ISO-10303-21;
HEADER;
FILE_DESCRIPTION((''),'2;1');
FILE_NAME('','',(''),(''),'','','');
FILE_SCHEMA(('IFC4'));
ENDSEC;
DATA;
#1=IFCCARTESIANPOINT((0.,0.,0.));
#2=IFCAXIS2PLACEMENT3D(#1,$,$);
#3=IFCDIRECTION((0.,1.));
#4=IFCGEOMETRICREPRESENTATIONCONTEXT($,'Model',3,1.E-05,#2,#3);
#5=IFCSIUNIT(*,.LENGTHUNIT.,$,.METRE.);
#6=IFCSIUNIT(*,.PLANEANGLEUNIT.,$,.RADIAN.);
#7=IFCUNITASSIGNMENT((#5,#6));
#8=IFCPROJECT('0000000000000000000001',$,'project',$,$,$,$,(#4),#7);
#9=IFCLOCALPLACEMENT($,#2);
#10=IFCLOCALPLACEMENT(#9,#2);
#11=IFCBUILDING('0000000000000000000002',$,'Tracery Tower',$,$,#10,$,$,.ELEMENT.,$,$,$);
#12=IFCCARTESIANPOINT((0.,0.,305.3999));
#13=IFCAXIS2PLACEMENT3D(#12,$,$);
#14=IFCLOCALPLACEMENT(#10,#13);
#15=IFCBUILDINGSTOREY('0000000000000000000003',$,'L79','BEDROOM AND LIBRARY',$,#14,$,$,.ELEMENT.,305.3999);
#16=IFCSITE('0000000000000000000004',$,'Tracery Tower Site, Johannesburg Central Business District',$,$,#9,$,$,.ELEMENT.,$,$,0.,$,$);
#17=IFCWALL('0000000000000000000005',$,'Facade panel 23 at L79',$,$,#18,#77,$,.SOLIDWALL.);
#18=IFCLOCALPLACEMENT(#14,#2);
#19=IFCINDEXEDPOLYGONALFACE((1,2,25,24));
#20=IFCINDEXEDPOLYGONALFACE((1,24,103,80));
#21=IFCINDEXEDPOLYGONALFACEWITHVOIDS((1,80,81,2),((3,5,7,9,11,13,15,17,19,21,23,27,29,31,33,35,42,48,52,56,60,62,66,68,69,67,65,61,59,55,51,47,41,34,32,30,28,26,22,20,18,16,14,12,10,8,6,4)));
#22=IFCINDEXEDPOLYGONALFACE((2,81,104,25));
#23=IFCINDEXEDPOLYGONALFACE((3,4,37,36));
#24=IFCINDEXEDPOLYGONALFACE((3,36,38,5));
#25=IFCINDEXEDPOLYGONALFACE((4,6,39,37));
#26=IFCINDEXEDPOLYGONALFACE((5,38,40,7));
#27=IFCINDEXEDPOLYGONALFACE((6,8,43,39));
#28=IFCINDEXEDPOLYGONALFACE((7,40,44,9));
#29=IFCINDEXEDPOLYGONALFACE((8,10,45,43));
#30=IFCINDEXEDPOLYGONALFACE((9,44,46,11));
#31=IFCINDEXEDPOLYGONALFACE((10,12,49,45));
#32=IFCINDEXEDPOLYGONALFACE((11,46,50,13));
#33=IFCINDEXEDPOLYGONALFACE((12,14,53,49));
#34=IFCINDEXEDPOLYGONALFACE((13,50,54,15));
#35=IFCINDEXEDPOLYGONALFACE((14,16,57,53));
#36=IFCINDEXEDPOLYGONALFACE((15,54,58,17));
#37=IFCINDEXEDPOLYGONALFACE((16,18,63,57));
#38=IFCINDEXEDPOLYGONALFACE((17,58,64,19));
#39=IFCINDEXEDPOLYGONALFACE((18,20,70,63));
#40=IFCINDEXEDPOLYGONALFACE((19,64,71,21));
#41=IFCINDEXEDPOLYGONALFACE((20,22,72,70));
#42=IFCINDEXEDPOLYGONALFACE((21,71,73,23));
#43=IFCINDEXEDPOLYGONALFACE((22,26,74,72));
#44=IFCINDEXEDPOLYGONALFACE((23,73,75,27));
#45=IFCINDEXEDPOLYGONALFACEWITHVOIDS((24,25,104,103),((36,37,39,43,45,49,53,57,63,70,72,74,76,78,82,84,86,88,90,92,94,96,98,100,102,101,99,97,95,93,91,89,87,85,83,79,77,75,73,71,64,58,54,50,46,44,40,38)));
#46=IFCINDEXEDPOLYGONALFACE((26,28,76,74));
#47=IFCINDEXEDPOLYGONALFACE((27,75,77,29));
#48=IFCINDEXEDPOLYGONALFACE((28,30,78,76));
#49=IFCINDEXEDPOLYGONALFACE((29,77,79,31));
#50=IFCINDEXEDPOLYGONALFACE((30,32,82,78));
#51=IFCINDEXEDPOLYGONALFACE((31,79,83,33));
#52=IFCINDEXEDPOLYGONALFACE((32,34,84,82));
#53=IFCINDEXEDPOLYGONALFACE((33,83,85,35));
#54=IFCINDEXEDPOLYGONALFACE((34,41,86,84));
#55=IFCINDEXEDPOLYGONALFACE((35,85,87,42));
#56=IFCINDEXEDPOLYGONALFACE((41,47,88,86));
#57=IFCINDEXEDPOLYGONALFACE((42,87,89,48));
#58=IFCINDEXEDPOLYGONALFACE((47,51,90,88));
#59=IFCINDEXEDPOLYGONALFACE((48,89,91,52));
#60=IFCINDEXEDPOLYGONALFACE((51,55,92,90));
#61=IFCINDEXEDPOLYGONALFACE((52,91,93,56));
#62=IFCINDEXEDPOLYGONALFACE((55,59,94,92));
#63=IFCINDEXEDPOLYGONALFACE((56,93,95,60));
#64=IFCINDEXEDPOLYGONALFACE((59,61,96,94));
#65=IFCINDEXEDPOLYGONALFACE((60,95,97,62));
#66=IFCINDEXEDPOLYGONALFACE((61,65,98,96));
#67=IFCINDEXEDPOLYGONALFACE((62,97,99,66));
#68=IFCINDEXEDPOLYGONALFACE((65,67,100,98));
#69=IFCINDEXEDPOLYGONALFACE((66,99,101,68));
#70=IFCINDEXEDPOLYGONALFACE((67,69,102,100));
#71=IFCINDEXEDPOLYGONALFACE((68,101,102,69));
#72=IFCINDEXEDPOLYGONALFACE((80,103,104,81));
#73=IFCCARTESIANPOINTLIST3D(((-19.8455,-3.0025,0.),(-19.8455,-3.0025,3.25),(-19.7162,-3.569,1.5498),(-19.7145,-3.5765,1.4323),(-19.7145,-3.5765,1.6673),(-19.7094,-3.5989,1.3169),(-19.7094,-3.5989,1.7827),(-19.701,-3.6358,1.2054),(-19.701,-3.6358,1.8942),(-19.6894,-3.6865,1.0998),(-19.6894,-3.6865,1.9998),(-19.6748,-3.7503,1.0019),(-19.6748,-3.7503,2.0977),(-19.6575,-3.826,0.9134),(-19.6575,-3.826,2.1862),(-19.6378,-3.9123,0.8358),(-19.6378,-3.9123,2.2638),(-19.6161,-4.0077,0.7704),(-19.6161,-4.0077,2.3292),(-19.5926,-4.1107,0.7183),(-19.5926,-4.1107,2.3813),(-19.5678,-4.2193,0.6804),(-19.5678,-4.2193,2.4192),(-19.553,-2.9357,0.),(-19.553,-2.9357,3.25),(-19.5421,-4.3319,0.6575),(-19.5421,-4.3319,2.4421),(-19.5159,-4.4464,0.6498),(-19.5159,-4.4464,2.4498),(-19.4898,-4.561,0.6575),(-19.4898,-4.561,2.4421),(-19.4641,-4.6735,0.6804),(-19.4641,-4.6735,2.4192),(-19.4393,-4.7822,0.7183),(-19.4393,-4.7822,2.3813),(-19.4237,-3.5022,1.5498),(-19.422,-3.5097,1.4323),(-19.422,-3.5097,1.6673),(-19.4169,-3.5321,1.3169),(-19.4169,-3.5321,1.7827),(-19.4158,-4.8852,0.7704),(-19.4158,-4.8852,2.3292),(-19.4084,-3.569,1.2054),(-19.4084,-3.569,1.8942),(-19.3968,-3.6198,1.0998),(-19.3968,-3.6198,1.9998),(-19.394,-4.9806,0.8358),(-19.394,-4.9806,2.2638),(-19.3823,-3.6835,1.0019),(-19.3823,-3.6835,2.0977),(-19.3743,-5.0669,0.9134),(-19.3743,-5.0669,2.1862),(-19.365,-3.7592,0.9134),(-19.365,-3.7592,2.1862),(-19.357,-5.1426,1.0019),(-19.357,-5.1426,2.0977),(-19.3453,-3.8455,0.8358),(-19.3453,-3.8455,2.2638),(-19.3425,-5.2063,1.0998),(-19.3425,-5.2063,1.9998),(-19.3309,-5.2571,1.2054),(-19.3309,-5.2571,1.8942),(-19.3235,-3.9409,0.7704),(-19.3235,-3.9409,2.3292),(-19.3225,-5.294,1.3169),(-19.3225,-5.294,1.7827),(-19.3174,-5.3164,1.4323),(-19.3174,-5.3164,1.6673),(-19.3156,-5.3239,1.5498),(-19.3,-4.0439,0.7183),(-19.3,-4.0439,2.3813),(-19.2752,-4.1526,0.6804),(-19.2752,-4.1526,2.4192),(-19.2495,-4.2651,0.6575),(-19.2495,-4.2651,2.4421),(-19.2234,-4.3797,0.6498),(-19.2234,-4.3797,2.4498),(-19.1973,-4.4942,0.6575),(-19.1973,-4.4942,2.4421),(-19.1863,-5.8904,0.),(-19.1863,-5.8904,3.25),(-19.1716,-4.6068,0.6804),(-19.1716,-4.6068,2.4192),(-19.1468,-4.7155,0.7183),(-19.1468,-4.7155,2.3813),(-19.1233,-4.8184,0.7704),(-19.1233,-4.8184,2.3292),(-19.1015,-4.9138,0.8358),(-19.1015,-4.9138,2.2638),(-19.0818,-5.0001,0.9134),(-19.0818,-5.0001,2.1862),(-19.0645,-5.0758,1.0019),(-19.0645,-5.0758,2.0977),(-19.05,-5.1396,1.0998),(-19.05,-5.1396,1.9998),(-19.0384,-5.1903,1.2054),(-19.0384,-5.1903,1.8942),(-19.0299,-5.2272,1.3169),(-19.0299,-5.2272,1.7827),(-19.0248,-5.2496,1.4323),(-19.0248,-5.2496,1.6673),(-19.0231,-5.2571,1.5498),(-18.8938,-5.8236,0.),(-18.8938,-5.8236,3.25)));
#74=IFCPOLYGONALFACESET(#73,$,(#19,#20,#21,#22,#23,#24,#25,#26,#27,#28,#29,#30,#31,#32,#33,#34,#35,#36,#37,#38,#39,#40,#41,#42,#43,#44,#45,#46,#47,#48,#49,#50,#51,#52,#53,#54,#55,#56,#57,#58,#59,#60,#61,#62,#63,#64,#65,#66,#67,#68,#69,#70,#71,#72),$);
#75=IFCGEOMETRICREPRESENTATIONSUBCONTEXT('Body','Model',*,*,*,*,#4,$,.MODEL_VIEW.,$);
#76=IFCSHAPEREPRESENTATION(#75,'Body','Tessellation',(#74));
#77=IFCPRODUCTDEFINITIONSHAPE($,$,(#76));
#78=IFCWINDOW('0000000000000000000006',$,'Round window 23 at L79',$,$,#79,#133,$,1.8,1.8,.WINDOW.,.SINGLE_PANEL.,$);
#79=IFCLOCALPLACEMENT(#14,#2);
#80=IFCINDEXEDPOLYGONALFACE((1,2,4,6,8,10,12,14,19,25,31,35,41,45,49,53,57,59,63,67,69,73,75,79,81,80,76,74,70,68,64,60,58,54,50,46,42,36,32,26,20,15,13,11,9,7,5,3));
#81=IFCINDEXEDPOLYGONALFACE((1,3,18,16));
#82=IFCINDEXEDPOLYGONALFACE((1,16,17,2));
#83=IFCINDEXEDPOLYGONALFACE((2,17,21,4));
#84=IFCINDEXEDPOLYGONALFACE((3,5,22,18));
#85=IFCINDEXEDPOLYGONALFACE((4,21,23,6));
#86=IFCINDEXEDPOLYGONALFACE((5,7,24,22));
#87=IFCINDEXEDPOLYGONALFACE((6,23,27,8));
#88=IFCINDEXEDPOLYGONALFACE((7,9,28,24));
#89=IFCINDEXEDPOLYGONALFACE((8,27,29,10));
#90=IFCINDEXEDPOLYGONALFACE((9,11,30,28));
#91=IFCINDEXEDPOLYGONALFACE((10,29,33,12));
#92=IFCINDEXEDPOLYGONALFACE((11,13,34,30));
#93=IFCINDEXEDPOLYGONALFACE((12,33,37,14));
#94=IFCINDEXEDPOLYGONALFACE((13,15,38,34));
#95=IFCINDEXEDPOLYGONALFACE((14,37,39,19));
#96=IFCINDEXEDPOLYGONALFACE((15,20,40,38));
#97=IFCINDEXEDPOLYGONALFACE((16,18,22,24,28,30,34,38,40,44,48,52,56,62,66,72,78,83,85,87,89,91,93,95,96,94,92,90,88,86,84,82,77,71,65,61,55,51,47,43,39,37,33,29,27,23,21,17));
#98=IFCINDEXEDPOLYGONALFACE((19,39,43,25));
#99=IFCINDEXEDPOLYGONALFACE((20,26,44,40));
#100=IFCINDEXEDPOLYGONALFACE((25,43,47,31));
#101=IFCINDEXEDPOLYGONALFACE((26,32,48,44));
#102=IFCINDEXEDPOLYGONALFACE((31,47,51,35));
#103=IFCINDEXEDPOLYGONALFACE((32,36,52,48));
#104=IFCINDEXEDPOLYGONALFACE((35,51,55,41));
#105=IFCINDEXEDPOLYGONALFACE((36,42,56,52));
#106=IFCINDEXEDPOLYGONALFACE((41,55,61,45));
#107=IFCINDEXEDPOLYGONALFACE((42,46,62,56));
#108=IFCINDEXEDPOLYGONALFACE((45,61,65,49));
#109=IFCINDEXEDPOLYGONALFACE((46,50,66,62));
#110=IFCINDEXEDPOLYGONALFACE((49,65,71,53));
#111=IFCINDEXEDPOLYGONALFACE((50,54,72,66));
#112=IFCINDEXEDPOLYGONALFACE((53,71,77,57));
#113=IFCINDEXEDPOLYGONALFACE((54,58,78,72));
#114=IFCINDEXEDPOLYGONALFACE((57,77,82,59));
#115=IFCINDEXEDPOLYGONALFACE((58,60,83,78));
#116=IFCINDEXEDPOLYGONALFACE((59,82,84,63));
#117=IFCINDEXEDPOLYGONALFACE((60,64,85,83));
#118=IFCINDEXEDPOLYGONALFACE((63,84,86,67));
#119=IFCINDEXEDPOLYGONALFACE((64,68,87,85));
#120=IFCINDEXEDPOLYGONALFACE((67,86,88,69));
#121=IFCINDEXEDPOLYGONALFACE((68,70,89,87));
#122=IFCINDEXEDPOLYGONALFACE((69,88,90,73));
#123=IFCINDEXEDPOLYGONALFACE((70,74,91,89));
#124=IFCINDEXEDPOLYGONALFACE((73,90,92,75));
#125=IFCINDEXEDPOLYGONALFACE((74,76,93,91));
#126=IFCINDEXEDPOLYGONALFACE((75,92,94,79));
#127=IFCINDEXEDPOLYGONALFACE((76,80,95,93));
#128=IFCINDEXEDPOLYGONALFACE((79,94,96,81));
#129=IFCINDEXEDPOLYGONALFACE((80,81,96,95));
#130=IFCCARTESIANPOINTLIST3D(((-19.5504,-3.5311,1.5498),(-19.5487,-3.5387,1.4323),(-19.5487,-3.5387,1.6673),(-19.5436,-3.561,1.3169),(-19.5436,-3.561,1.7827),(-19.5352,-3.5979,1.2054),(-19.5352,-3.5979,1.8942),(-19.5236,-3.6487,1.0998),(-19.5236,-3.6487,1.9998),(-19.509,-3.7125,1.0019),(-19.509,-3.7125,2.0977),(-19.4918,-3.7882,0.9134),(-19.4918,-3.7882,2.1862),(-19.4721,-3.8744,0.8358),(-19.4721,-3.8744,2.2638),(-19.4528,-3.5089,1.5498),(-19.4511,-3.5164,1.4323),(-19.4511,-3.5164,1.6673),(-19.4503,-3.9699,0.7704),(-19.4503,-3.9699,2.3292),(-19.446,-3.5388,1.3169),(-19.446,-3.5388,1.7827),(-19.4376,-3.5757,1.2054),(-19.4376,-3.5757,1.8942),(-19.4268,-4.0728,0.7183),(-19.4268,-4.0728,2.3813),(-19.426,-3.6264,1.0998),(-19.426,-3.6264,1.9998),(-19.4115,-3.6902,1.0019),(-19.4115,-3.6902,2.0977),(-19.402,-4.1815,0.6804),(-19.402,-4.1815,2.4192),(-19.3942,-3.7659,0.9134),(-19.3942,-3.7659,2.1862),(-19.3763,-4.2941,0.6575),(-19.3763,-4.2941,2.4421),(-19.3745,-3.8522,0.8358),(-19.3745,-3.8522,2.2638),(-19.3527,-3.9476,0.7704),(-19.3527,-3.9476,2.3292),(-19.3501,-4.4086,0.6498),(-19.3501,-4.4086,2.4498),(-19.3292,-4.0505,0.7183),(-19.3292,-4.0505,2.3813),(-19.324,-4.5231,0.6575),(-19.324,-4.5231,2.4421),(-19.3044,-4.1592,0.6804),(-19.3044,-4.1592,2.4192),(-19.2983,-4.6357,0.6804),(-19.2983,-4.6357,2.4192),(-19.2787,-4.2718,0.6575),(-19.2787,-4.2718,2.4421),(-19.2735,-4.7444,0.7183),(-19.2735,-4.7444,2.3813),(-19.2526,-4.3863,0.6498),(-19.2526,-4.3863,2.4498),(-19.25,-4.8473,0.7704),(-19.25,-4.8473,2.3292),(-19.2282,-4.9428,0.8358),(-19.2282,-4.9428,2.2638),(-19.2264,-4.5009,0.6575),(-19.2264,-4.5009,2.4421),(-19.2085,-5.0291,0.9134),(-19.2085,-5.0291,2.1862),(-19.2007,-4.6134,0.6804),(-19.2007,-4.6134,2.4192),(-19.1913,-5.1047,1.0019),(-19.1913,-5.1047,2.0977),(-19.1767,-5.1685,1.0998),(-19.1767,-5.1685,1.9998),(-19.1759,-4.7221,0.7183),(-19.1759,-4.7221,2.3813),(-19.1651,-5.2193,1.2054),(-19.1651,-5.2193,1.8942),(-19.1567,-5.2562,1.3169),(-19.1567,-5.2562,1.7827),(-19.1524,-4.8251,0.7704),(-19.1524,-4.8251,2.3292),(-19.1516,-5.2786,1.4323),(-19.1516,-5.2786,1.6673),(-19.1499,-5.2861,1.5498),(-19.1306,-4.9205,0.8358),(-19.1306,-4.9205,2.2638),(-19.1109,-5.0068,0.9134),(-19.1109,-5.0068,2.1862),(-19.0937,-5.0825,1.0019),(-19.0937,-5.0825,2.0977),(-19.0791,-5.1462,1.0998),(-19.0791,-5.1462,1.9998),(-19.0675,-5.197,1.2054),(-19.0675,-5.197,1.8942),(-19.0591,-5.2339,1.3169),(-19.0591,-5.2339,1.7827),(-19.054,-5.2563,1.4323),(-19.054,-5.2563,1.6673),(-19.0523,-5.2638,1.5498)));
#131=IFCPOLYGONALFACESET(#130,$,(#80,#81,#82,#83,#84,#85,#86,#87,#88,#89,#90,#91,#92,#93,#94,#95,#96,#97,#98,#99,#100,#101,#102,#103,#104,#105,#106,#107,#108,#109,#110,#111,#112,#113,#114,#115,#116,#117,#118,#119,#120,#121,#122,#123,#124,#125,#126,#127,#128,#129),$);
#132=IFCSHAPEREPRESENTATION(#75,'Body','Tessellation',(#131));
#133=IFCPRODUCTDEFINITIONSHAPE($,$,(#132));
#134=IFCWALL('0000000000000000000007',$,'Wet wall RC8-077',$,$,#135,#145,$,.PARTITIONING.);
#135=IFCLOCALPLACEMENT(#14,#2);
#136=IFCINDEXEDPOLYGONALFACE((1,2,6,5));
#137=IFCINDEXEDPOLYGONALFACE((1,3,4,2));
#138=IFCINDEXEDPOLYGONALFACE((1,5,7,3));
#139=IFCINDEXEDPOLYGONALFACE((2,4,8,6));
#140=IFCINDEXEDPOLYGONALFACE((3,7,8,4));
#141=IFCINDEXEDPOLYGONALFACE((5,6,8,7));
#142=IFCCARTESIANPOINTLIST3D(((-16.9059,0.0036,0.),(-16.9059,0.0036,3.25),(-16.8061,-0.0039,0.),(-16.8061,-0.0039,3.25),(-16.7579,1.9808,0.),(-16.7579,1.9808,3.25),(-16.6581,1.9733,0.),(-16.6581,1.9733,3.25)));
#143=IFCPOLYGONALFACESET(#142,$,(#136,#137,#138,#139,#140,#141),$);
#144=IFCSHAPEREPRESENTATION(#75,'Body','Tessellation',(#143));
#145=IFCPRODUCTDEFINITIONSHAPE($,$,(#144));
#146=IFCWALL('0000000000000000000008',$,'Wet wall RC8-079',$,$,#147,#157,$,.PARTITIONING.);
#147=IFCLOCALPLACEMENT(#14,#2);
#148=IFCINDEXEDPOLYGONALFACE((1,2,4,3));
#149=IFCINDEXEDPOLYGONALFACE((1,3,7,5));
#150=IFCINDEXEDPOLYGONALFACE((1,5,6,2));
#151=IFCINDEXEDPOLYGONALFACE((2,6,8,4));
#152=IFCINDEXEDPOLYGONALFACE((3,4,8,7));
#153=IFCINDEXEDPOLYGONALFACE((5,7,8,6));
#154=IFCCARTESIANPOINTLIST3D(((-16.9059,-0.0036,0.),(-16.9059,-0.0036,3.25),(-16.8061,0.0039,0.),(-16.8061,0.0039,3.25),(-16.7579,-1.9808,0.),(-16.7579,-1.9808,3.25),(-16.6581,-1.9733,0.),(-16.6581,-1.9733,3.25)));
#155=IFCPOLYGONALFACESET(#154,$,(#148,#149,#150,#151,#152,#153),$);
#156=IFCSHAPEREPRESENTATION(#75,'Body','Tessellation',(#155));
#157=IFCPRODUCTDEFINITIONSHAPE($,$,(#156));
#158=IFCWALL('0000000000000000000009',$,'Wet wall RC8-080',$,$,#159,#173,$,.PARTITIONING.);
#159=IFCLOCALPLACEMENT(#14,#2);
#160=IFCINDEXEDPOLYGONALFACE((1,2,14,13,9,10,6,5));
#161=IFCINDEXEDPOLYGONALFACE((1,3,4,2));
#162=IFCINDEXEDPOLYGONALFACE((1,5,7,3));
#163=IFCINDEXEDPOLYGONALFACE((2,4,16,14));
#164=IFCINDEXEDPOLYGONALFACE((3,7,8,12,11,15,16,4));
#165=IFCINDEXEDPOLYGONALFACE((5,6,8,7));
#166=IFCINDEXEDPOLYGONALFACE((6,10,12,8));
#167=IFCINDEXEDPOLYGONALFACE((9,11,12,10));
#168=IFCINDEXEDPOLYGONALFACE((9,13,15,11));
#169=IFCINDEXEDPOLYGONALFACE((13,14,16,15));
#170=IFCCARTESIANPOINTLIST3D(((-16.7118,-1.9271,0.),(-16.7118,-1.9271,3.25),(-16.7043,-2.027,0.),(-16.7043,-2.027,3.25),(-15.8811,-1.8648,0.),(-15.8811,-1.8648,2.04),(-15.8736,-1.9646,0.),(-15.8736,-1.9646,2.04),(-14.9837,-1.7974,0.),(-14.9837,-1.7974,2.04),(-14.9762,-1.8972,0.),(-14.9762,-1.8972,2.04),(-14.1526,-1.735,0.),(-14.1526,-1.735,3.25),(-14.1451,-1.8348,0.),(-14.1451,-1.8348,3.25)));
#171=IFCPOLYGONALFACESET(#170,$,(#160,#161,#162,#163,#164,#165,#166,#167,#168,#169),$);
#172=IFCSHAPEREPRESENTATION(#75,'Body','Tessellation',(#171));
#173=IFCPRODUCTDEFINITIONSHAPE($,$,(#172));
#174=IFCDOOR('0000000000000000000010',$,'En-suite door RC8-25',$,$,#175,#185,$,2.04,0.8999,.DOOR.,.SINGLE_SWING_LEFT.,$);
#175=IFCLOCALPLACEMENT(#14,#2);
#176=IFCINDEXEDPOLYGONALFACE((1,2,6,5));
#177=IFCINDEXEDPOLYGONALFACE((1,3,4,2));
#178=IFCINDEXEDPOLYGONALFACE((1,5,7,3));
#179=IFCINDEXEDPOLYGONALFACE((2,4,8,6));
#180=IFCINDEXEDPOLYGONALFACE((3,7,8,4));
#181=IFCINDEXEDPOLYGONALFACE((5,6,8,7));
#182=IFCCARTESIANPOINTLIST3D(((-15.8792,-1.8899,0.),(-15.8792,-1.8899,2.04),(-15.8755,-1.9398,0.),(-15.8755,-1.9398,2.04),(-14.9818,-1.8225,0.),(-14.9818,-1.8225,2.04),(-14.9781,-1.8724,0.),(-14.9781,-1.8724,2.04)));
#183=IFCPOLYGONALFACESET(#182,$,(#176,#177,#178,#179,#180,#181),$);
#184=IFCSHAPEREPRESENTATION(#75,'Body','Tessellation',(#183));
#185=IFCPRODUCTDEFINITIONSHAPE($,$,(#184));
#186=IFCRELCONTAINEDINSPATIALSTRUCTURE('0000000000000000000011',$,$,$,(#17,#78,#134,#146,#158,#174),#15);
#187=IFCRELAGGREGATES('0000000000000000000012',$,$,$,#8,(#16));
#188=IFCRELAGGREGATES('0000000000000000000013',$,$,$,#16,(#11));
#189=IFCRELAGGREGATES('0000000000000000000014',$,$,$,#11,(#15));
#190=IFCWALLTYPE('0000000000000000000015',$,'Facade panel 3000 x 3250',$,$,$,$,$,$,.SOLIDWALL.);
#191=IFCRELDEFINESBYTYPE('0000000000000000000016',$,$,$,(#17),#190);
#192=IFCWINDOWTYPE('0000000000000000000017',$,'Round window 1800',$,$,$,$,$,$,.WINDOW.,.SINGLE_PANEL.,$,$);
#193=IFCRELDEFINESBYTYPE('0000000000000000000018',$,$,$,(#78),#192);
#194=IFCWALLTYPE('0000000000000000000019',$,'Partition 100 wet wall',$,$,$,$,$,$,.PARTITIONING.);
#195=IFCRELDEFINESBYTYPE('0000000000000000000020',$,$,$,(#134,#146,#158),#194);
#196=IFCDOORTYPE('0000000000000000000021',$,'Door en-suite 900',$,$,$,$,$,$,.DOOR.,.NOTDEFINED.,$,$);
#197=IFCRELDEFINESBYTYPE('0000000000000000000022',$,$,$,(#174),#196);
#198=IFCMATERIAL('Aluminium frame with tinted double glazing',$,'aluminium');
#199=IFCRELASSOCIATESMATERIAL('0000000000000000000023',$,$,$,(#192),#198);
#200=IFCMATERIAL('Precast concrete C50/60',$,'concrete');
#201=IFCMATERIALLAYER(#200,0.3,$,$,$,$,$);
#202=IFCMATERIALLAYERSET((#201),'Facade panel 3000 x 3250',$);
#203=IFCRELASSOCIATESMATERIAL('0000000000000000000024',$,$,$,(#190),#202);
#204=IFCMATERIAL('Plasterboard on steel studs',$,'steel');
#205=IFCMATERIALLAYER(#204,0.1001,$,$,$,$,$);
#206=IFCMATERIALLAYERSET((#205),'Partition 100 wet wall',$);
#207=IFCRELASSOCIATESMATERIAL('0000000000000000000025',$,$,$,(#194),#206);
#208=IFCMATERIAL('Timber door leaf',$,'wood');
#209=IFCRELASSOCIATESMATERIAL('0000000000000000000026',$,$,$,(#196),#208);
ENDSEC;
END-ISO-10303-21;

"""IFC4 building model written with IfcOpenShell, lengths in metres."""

from ifc_helpers import new_model, si_unit, direction, frame, frame_2d, origin, origin_2d, place, context, subcontext, project, spatial, rectangle, circle, extrude, material, layer, layer_set, type_object, element, fill, save


model = new_model("IFC4")

# Units and contexts
model_context = context("Model", 3, precision=1e-05, world=origin(), true_north=direction((0.0, 1.0)))
body_context = subcontext(model_context, "Body", "Model", "MODEL_VIEW")
ifc_project = project(units=[si_unit("LENGTHUNIT", "METRE"), si_unit("PLANEANGLEUNIT", "RADIAN")], contexts=[model_context])

# Site, building, storey
site_placement = place(None, origin())
site = spatial("IfcSite", under=ifc_project, at=site_placement, Name="Tracery Tower Site, Johannesburg Central Business District", CompositionType="ELEMENT", RefElevation=0.0)
building_placement = place(site_placement, origin())
building = spatial("IfcBuilding", under=site, at=building_placement, Name="Tracery Tower", CompositionType="ELEMENT")
storey_placement = place(building_placement, frame((0.0, 0.0, 305.3999)))
storey = spatial("IfcBuildingStorey", under=building, at=storey_placement, Name="L79", Description="BEDROOM AND LIBRARY", CompositionType="ELEMENT", Elevation=305.3999)

# Wall, opening, window
ifc_material_1 = material(Name="Aluminium frame with tinted double glazing", Category="aluminium")
window_type = type_object("IfcWindowType", Name="Round window 1800", PartitioningType="SINGLE_PANEL", PredefinedType="WINDOW", material=ifc_material_1)
ifc_material_2 = material(Name="Precast concrete C50/60", Category="concrete")
ifc_layer_1 = layer(ifc_material_2, 0.3)
ifc_layer_set_1 = layer_set([ifc_layer_1], Name="Facade panel 3000 x 3250")
wall_type_1 = type_object("IfcWallType", Name="Facade panel 3000 x 3250", PredefinedType="SOLIDWALL", material=ifc_layer_set_1)
wall_1_placement = place(storey_placement, frame((-19.6992, -2.9692, 0.0), z_axis=(0.0, 0.0, 1.0), x_axis=(0.222529, -0.974926, 0.0)))
wall_1 = element("IfcWall", 1, at=wall_1_placement, inside=storey, type_object=wall_type_1, Name="Facade panel 23 at L79", PredefinedType="SOLIDWALL", context=body_context, shape_type="SweptSolid", body=[
    extrude(rectangle(XDim=2.9622, YDim=0.3, at=frame_2d((1.481, 0.0))), origin(), (0.0, 0.0, 1.0), 3.25),
])
opening_1_placement = place(wall_1_placement, frame((1.481, 0.0, 1.5498)))
opening_1 = element("IfcOpeningElement", 2, at=opening_1_placement, cuts=wall_1, PredefinedType="OPENING", context=body_context, shape_type="SweptSolid", body=[
    extrude(circle(Radius=0.9, at=origin_2d()), frame((0.0, 0.1599, 0.0), z_axis=(0.0, -1.0, 0.0), x_axis=(1.0, 0.0, 0.0)), (0.0, 0.0, 1.0), 0.3201),
])
window_1_placement = place(opening_1_placement, origin())
window_1 = element("IfcWindow", 3, at=window_1_placement, inside=storey, type_object=window_type, Name="Round window 23 at L79", OverallHeight=1.8, OverallWidth=1.8, PartitioningType="SINGLE_PANEL", PredefinedType="WINDOW", context=body_context, shape_type="SweptSolid", body=[
    extrude(circle(Radius=0.9, at=origin_2d()), frame((0.0, 0.1201, 0.0), z_axis=(0.0, -1.0, 0.0), x_axis=(1.0, 0.0, 0.0)), (0.0, 0.0, 1.0), 0.1001),
])
fill(opening_1, window_1)

# Walls
ifc_material_3 = material(Name="Plasterboard on steel studs", Category="steel")
ifc_layer_2 = layer(ifc_material_3, 0.1001)
ifc_layer_set_2 = layer_set([ifc_layer_2], Name="Partition 100 wet wall")
wall_type_2 = type_object("IfcWallType", Name="Partition 100 wet wall", PredefinedType="PARTITIONING", material=ifc_layer_set_2)
for number, where, z_axis, x_axis, name in (
    (4, (-16.856, 0.0, 0.0), (0.0, 0.0, 1.0), (0.074625, 0.997212, 0.0), "Wet wall RC8-077"),
    (5, (-16.856, 0.0, 0.0), (0.0, 0.0, 1.0), (0.074625, -0.997212, 0.0), "Wet wall RC8-079"),
):
    element("IfcWall", number, at=place(storey_placement, frame(where, z_axis=z_axis, x_axis=x_axis)), inside=storey, type_object=wall_type_2, Name=name, PredefinedType="PARTITIONING", context=body_context, shape_type="SweptSolid", body=[
        extrude(rectangle(XDim=1.9827, YDim=0.1001, at=frame_2d((0.9912, 0.0))), origin(), (0.0, 0.0, 1.0), 3.25),
    ])

# Wall, opening, door
wall_2_placement = place(storey_placement, frame((-16.708, -1.9771, 0.0), z_axis=(0.0, 0.0, 1.0), x_axis=(0.997193, 0.07487, 0.0)))
wall_2 = element("IfcWall", 6, at=wall_2_placement, inside=storey, type_object=wall_type_2, Name="Wet wall RC8-080", PredefinedType="PARTITIONING", context=body_context, shape_type="SweptSolid", body=[
    extrude(rectangle(XDim=2.5664, YDim=0.1001, at=frame_2d((1.2832, 0.0))), origin(), (0.0, 0.0, 1.0), 3.25),
])
opening_2_placement = place(wall_2_placement, frame((0.833, 0.0, 0.0)))
opening_2 = element("IfcOpeningElement", 7, at=opening_2_placement, cuts=wall_2, PredefinedType="OPENING", context=body_context, shape_type="SweptSolid", body=[
    extrude(rectangle(XDim=0.8999, YDim=2.04, at=frame_2d((0.45, 1.02))), frame((0.0, 0.05, 0.0), z_axis=(0.0, -1.0, 0.0), x_axis=(1.0, 0.0, 0.0)), (0.0, 0.0, 1.0), 0.1001),
])
ifc_material_4 = material(Name="Timber door leaf", Category="wood")
door_type_1 = type_object("IfcDoorType", Name="Door en-suite 900", OperationType="NOTDEFINED", PredefinedType="DOOR", material=ifc_material_4)
door_1_placement = place(opening_2_placement, origin())
door_1 = element("IfcDoor", 8, at=door_1_placement, inside=storey, type_object=door_type_1, Name="En-suite door RC8-25", OperationType="SINGLE_SWING_LEFT", OverallHeight=2.04, OverallWidth=0.8999, PredefinedType="DOOR", context=body_context, shape_type="SweptSolid", body=[
    extrude(rectangle(XDim=0.8999, YDim=2.04, at=frame_2d((0.45, 1.02))), frame((0.0, 0.0249, 0.0), z_axis=(0.0, -1.0, 0.0), x_axis=(1.0, 0.0, 0.0)), (0.0, 0.0, 1.0), 0.05),
])
fill(opening_2, door_1)

save(model, "model.ifc")
